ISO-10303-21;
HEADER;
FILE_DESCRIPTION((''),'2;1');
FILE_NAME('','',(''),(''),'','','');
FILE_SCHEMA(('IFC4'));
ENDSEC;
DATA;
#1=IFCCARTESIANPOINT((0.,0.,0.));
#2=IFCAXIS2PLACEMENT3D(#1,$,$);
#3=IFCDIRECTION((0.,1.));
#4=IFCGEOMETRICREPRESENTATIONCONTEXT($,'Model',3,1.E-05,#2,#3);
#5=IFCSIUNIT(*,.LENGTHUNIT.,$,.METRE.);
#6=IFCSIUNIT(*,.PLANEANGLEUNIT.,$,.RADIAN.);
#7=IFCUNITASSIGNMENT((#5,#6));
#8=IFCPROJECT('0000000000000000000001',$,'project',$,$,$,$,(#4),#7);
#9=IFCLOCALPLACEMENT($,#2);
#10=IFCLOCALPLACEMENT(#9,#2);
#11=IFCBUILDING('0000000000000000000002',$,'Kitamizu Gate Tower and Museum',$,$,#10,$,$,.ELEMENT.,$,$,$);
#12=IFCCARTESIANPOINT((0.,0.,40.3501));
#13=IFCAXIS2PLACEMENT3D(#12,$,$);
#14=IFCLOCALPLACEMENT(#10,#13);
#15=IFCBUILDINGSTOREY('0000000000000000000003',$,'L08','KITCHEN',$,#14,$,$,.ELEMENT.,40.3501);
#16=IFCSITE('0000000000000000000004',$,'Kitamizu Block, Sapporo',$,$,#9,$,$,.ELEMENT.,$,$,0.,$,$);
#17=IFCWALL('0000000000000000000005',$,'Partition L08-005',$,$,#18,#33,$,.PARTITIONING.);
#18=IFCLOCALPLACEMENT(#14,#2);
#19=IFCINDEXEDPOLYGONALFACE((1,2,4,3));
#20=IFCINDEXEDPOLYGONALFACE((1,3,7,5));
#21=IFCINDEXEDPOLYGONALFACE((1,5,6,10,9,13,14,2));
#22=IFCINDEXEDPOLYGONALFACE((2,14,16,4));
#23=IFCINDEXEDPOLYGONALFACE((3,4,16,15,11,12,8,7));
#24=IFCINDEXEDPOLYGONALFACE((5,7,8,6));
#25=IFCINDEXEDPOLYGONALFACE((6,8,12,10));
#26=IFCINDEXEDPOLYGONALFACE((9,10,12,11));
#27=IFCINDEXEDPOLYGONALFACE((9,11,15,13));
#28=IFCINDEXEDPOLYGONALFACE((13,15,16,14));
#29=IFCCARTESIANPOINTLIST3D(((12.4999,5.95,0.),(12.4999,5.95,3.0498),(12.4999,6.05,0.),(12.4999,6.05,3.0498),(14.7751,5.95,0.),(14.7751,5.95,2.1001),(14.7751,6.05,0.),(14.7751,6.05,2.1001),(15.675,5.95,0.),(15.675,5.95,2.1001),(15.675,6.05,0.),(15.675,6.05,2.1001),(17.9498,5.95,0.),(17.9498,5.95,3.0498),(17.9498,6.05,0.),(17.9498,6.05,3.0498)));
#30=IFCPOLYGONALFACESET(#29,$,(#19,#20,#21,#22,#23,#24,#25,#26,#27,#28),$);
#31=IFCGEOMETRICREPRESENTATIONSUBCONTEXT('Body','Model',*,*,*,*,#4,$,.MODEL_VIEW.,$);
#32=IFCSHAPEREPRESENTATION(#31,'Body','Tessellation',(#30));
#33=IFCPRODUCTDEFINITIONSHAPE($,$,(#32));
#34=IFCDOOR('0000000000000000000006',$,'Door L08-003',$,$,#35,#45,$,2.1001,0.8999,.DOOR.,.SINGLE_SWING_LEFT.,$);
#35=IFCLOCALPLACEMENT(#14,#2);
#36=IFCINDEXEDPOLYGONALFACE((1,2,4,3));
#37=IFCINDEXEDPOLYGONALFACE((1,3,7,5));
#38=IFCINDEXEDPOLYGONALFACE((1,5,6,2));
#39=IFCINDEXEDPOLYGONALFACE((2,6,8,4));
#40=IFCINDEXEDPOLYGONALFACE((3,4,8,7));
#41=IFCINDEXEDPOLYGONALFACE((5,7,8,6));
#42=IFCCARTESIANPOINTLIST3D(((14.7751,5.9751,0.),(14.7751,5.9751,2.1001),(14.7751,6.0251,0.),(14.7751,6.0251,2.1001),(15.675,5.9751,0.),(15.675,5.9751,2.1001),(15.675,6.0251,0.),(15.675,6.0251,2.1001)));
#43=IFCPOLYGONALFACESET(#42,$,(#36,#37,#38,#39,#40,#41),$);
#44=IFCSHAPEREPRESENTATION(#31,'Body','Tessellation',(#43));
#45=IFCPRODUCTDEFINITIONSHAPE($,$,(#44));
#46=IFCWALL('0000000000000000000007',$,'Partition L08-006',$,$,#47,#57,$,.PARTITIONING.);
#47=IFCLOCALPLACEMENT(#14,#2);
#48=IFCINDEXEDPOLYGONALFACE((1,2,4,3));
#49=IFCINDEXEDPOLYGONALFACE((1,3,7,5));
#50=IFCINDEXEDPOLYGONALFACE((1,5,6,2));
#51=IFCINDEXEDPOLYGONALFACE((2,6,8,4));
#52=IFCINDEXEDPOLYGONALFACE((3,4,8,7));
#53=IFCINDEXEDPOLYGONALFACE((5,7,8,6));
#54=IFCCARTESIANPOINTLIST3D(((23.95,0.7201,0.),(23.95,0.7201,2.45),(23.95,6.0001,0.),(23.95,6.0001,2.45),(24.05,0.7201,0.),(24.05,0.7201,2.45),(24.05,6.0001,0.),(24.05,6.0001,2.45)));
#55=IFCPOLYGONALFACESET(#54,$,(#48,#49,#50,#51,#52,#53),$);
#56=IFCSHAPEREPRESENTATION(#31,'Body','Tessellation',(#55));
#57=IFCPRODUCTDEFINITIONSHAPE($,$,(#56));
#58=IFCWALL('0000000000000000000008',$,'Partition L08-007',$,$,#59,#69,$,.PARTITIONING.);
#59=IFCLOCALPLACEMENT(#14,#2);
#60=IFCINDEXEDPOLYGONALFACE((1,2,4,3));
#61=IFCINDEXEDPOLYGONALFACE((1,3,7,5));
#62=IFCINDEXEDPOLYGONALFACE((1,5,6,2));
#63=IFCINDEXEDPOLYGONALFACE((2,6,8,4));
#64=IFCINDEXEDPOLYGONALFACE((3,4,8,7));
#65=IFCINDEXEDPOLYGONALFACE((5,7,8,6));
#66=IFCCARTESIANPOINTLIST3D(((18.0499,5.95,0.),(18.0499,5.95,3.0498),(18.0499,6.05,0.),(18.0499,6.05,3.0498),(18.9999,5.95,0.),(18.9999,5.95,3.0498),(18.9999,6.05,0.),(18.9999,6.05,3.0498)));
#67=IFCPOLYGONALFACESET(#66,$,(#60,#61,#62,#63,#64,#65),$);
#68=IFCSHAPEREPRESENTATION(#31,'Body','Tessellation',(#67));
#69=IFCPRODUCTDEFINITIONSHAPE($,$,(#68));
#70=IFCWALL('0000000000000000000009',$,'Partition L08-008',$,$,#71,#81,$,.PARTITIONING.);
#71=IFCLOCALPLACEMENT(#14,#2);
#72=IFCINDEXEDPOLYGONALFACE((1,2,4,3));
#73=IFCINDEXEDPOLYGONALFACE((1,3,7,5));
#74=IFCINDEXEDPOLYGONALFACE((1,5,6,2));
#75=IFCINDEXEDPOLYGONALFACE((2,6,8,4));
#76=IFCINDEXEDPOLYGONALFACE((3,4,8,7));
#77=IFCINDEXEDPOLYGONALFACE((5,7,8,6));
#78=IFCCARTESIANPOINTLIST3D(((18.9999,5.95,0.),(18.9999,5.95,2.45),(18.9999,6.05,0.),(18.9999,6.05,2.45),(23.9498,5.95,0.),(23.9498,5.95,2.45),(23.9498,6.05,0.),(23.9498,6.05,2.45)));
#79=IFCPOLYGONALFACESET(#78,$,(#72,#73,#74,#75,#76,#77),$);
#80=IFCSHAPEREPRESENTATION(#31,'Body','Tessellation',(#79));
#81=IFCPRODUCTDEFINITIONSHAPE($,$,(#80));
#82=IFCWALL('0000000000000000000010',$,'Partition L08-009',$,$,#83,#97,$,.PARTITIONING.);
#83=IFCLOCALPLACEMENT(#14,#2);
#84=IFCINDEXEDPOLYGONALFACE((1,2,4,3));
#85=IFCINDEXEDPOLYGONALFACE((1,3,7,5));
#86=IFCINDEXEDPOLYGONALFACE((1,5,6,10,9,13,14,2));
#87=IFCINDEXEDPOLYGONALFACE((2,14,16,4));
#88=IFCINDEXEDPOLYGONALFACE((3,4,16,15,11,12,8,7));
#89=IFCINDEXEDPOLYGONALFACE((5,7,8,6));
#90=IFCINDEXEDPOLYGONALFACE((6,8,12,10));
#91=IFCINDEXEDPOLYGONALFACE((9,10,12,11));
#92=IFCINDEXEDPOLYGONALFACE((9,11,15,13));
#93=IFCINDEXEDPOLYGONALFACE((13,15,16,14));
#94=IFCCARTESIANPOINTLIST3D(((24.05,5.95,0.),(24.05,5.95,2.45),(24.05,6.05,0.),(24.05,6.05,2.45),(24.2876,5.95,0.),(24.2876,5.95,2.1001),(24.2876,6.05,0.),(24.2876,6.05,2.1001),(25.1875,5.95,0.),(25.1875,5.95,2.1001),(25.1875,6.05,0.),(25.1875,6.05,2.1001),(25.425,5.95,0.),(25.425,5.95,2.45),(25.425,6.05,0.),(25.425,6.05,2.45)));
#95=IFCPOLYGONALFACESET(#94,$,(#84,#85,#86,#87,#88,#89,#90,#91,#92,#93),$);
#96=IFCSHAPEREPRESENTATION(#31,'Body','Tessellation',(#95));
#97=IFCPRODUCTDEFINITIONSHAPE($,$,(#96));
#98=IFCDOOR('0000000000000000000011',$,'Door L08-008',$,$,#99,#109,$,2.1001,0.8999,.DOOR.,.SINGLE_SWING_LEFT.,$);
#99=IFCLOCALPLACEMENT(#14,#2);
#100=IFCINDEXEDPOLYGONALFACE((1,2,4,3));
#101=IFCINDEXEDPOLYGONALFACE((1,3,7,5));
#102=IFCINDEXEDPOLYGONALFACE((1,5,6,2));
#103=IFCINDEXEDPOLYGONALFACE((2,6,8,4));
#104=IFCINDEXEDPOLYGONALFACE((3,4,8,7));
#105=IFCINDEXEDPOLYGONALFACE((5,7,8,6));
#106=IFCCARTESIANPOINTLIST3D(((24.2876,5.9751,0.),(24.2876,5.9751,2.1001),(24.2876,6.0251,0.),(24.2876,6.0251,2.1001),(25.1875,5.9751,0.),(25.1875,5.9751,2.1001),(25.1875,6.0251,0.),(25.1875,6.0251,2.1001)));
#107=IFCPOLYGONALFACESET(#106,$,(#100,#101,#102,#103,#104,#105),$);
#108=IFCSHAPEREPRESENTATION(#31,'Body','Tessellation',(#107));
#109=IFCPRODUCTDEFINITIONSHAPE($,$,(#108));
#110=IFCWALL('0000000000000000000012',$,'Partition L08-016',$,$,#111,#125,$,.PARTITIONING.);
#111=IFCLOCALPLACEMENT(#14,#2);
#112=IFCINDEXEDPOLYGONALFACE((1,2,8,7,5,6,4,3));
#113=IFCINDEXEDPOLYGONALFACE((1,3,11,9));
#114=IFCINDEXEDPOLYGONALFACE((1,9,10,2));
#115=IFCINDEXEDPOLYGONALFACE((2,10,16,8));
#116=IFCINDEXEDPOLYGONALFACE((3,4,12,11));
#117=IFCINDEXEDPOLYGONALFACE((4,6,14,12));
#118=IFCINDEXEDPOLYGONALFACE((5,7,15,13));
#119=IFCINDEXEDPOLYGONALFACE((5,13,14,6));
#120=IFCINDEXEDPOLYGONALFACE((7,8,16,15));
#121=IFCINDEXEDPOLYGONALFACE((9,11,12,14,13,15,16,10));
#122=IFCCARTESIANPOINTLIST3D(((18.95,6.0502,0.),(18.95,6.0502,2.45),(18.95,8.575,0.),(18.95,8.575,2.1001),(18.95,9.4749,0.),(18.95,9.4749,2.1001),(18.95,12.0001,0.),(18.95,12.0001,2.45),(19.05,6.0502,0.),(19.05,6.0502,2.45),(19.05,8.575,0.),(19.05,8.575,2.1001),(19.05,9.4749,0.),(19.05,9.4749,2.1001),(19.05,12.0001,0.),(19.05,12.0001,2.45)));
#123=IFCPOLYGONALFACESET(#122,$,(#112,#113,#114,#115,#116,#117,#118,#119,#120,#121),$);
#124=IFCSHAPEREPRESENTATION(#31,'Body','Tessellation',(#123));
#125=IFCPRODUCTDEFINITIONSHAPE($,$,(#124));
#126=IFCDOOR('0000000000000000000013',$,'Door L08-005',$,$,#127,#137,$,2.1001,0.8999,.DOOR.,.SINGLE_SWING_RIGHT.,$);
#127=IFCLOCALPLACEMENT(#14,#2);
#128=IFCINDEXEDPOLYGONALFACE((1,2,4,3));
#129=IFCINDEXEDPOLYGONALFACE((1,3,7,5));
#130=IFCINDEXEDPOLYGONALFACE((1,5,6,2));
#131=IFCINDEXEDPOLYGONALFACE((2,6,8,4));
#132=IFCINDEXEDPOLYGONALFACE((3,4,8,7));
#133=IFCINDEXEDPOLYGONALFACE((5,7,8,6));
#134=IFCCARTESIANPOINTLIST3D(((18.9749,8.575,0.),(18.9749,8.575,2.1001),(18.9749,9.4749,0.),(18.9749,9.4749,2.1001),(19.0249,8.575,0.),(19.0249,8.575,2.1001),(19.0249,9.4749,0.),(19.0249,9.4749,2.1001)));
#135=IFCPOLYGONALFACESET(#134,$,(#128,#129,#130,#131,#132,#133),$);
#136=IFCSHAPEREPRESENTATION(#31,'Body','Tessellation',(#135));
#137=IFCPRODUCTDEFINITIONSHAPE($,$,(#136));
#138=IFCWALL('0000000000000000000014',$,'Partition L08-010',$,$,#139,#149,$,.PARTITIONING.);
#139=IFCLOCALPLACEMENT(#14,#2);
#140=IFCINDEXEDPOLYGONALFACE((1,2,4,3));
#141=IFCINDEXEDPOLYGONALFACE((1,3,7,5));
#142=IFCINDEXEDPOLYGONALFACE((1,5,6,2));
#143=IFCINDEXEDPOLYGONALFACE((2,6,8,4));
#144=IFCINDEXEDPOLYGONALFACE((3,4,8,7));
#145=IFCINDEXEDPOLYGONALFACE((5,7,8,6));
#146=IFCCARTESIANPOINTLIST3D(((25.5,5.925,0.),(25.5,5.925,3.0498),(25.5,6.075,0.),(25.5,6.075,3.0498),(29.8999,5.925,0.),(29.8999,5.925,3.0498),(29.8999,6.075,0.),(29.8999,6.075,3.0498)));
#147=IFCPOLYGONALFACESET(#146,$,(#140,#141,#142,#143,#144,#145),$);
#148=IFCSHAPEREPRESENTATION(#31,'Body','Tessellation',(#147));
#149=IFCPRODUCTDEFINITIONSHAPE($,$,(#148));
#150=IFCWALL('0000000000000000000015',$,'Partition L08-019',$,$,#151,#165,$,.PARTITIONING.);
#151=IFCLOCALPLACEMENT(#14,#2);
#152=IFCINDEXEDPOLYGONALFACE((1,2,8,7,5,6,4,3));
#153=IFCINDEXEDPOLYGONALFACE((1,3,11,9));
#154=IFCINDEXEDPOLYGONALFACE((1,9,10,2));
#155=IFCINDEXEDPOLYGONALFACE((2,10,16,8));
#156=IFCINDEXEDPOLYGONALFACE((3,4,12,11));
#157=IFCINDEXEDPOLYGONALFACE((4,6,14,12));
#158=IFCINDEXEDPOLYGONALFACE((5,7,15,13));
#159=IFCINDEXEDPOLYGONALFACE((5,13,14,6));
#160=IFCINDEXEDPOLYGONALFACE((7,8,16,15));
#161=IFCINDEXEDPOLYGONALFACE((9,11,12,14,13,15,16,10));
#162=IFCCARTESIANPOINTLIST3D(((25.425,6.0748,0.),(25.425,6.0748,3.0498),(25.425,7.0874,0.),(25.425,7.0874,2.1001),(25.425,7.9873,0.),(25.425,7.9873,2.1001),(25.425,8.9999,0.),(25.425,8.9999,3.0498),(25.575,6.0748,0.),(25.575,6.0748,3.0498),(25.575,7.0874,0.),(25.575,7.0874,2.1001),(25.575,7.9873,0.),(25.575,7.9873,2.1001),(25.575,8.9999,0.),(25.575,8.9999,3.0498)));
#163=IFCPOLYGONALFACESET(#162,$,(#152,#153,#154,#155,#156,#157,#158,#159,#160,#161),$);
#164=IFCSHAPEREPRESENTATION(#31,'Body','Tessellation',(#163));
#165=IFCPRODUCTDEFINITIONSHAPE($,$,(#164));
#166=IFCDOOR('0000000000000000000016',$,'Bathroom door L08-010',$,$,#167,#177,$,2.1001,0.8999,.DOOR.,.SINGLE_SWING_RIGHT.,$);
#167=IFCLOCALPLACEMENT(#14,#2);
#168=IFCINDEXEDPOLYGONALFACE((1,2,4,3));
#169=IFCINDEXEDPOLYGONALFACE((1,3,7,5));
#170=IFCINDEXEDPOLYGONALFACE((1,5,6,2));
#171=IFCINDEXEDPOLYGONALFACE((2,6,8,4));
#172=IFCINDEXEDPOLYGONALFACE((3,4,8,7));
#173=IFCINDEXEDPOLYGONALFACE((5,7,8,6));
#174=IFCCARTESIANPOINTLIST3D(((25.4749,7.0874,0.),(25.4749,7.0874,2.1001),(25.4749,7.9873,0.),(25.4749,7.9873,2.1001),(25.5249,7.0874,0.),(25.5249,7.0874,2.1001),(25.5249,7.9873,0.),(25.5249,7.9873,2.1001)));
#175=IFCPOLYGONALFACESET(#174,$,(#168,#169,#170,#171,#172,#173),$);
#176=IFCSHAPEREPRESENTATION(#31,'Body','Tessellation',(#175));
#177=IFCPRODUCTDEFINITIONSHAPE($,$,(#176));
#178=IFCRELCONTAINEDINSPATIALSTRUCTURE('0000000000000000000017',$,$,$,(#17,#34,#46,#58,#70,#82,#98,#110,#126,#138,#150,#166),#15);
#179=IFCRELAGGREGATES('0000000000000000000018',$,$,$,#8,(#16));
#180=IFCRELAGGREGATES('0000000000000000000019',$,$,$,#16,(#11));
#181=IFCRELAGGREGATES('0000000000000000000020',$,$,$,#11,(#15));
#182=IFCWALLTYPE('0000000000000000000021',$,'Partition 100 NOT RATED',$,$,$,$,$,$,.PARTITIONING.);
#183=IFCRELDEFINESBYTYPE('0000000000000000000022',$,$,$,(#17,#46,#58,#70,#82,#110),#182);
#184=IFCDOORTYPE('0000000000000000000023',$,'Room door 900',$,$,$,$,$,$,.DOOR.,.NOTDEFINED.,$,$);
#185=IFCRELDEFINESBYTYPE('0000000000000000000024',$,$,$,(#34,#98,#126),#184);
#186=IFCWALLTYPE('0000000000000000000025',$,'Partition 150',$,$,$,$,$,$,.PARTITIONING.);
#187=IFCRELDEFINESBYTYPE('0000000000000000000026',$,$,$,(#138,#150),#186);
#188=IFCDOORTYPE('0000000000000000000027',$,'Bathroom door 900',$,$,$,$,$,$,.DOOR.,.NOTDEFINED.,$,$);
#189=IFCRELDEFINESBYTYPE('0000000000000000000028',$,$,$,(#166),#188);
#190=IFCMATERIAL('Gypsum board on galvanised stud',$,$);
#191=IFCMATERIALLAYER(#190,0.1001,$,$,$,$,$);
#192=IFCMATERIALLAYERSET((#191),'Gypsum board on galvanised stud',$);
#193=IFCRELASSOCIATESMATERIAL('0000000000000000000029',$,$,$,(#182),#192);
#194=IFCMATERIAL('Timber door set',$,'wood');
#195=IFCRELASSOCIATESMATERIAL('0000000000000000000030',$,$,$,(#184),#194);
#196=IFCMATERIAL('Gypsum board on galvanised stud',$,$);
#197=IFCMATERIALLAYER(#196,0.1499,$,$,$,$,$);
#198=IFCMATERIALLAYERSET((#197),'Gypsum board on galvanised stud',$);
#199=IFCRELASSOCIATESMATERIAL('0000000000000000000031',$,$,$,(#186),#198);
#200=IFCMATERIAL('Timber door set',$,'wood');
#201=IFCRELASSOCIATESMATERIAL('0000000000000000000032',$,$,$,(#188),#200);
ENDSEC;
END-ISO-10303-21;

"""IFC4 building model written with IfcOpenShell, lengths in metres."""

from ifc_helpers import new_model, si_unit, direction, frame, frame_2d, origin, place, context, subcontext, project, spatial, rectangle, extrude, material, layer, layer_set, type_object, element, fill, save


model = new_model("IFC4")

# Units and contexts
model_context = context("Model", 3, precision=1e-05, world=origin(), true_north=direction((0.0, 1.0)))
body_context = subcontext(model_context, "Body", "Model", "MODEL_VIEW")
ifc_project = project(units=[si_unit("LENGTHUNIT", "METRE"), si_unit("PLANEANGLEUNIT", "RADIAN")], contexts=[model_context])

# Site, building, storey
site_placement = place(None, origin())
site = spatial("IfcSite", under=ifc_project, at=site_placement, Name="Kitamizu Block, Sapporo", CompositionType="ELEMENT", RefElevation=0.0)
building_placement = place(site_placement, origin())
building = spatial("IfcBuilding", under=site, at=building_placement, Name="Kitamizu Gate Tower and Museum", CompositionType="ELEMENT")
storey_placement = place(building_placement, frame((0.0, 0.0, 40.3501)))
storey = spatial("IfcBuildingStorey", under=building, at=storey_placement, Name="L08", Description="KITCHEN", CompositionType="ELEMENT", Elevation=40.3501)

# Wall, opening, door
ifc_material_1 = material(Name="Gypsum board on galvanised stud")
ifc_layer_1 = layer(ifc_material_1, 0.1001)
ifc_layer_set_1 = layer_set([ifc_layer_1], Name="Gypsum board on galvanised stud")
wall_type_1 = type_object("IfcWallType", Name="Partition 100 NOT RATED", PredefinedType="PARTITIONING", material=ifc_layer_set_1)
ifc_material_2 = material(Name="Timber door set", Category="wood")
door_type_1 = type_object("IfcDoorType", Name="Room door 900", OperationType="NOTDEFINED", PredefinedType="DOOR", material=ifc_material_2)
wall_1_placement = place(storey_placement, frame((17.95, 6.0, 0.0), z_axis=(0.0, 0.0, 1.0), x_axis=(-1.0, 0.0, 0.0)))
wall_1 = element("IfcWall", 1, at=wall_1_placement, inside=storey, type_object=wall_type_1, Name="Partition L08-005", PredefinedType="PARTITIONING", context=body_context, shape_type="SweptSolid", body=[
    extrude(rectangle(XDim=5.45, YDim=0.1001, at=frame_2d((2.7251, 0.0))), origin(), (0.0, 0.0, 1.0), 3.0498),
])
opening_1_placement = place(wall_1_placement, frame((2.2749, 0.0, 0.0)))
opening_1 = element("IfcOpeningElement", 2, at=opening_1_placement, cuts=wall_1, PredefinedType="OPENING", context=body_context, shape_type="SweptSolid", body=[
    extrude(rectangle(XDim=0.8999, YDim=2.1001, at=frame_2d((0.45, 1.05))), frame((0.0, 0.0601, 0.0), z_axis=(0.0, -1.0, 0.0), x_axis=(1.0, 0.0, 0.0)), (0.0, 0.0, 1.0), 0.1201),
])
door_1_placement = place(opening_1_placement, origin())
door_1 = element("IfcDoor", 3, at=door_1_placement, inside=storey, type_object=door_type_1, Name="Door L08-003", OperationType="SINGLE_SWING_LEFT", OverallHeight=2.1001, OverallWidth=0.8999, PredefinedType="DOOR", context=body_context, shape_type="SweptSolid", body=[
    extrude(rectangle(XDim=0.8999, YDim=2.1001, at=frame_2d((0.45, 1.05))), frame((0.0, 0.0249, 0.0), z_axis=(0.0, -1.0, 0.0), x_axis=(1.0, 0.0, 0.0)), (0.0, 0.0, 1.0), 0.05),
])
fill(opening_1, door_1)

# Walls
wall_2_placement = place(storey_placement, frame((24.0, 0.72, 0.0), z_axis=(0.0, 0.0, 1.0), x_axis=(0.0, 1.0, 0.0)))
element("IfcWall", 4, at=wall_2_placement, inside=storey, type_object=wall_type_1, Name="Partition L08-006", PredefinedType="PARTITIONING", context=body_context, shape_type="SweptSolid", body=[
    extrude(rectangle(XDim=5.28, YDim=0.1001, at=frame_2d((2.6401, 0.0))), origin(), (0.0, 0.0, 1.0), 2.45),
])
wall_3_placement = place(storey_placement, frame((19.0, 6.0, 0.0), z_axis=(0.0, 0.0, 1.0), x_axis=(-1.0, 0.0, 0.0)))
element("IfcWall", 5, at=wall_3_placement, inside=storey, type_object=wall_type_1, Name="Partition L08-007", PredefinedType="PARTITIONING", context=body_context, shape_type="SweptSolid", body=[
    extrude(rectangle(XDim=0.95, YDim=0.1001, at=frame_2d((0.4751, 0.0))), origin(), (0.0, 0.0, 1.0), 3.0498),
])
wall_4_placement = place(storey_placement, frame((23.95, 6.0, 0.0), z_axis=(0.0, 0.0, 1.0), x_axis=(-1.0, 0.0, 0.0)))
element("IfcWall", 6, at=wall_4_placement, inside=storey, type_object=wall_type_1, Name="Partition L08-008", PredefinedType="PARTITIONING", context=body_context, shape_type="SweptSolid", body=[
    extrude(rectangle(XDim=4.95, YDim=0.1001, at=frame_2d((2.4751, 0.0))), origin(), (0.0, 0.0, 1.0), 2.45),
])

# Walls, openings, doors
wall_5_placement = place(storey_placement, frame((25.425, 6.0, 0.0), z_axis=(0.0, 0.0, 1.0), x_axis=(-1.0, 0.0, 0.0)))
wall_5 = element("IfcWall", 7, at=wall_5_placement, inside=storey, type_object=wall_type_1, Name="Partition L08-009", PredefinedType="PARTITIONING", context=body_context, shape_type="SweptSolid", body=[
    extrude(rectangle(XDim=1.375, YDim=0.1001, at=frame_2d((0.6875, 0.0))), origin(), (0.0, 0.0, 1.0), 2.45),
])
opening_2_placement = place(wall_5_placement, frame((0.2375, 0.0, 0.0)))
opening_2 = element("IfcOpeningElement", 8, at=opening_2_placement, cuts=wall_5, PredefinedType="OPENING", context=body_context, shape_type="SweptSolid", body=[
    extrude(rectangle(XDim=0.8999, YDim=2.1001, at=frame_2d((0.45, 1.05))), frame((0.0, 0.0601, 0.0), z_axis=(0.0, -1.0, 0.0), x_axis=(1.0, 0.0, 0.0)), (0.0, 0.0, 1.0), 0.1201),
])
door_2_placement = place(opening_2_placement, origin())
door_2 = element("IfcDoor", 9, at=door_2_placement, inside=storey, type_object=door_type_1, Name="Door L08-008", OperationType="SINGLE_SWING_LEFT", OverallHeight=2.1001, OverallWidth=0.8999, PredefinedType="DOOR", context=body_context, shape_type="SweptSolid", body=[
    extrude(rectangle(XDim=0.8999, YDim=2.1001, at=frame_2d((0.45, 1.05))), frame((0.0, 0.0249, 0.0), z_axis=(0.0, -1.0, 0.0), x_axis=(1.0, 0.0, 0.0)), (0.0, 0.0, 1.0), 0.05),
])
fill(opening_2, door_2)
wall_6_placement = place(storey_placement, frame((19.0, 6.05, 0.0), z_axis=(0.0, 0.0, 1.0), x_axis=(0.0, 1.0, 0.0)))
wall_6 = element("IfcWall", 10, at=wall_6_placement, inside=storey, type_object=wall_type_1, Name="Partition L08-016", PredefinedType="PARTITIONING", context=body_context, shape_type="SweptSolid", body=[
    extrude(rectangle(XDim=5.95, YDim=0.1001, at=frame_2d((2.9751, 0.0))), origin(), (0.0, 0.0, 1.0), 2.45),
])
opening_3_placement = place(wall_6_placement, frame((2.5249, 0.0, 0.0)))
opening_3 = element("IfcOpeningElement", 11, at=opening_3_placement, cuts=wall_6, PredefinedType="OPENING", context=body_context, shape_type="SweptSolid", body=[
    extrude(rectangle(XDim=0.8999, YDim=2.1001, at=frame_2d((0.45, 1.05))), frame((0.0, 0.0601, 0.0), z_axis=(0.0, -1.0, 0.0), x_axis=(1.0, 0.0, 0.0)), (0.0, 0.0, 1.0), 0.1201),
])
door_3_placement = place(opening_3_placement, frame((0.8999, 0.0, 0.0), x_axis=(-1.0, 0.0, 0.0)))
door_3 = element("IfcDoor", 12, at=door_3_placement, inside=storey, type_object=door_type_1, Name="Door L08-005", OperationType="SINGLE_SWING_RIGHT", OverallHeight=2.1001, OverallWidth=0.8999, PredefinedType="DOOR", context=body_context, shape_type="SweptSolid", body=[
    extrude(rectangle(XDim=0.8999, YDim=2.1001, at=frame_2d((0.45, 1.05))), frame((0.0, 0.0249, 0.0), z_axis=(0.0, -1.0, 0.0), x_axis=(1.0, 0.0, 0.0)), (0.0, 0.0, 1.0), 0.05),
])
fill(opening_3, door_3)

# Wall
ifc_material_3 = material(Name="Gypsum board on galvanised stud")
ifc_layer_2 = layer(ifc_material_3, 0.1499)
ifc_layer_set_2 = layer_set([ifc_layer_2], Name="Gypsum board on galvanised stud")
wall_type_2 = type_object("IfcWallType", Name="Partition 150", PredefinedType="PARTITIONING", material=ifc_layer_set_2)
wall_7_placement = place(storey_placement, frame((29.8999, 6.0, 0.0), z_axis=(0.0, 0.0, 1.0), x_axis=(-1.0, 0.0, 0.0)))
element("IfcWall", 13, at=wall_7_placement, inside=storey, type_object=wall_type_2, Name="Partition L08-010", PredefinedType="PARTITIONING", context=body_context, shape_type="SweptSolid", body=[
    extrude(rectangle(XDim=4.3999, YDim=0.1499, at=frame_2d((2.2, 0.0))), origin(), (0.0, 0.0, 1.0), 3.0498),
])

# Wall, opening, door
wall_8_placement = place(storey_placement, frame((25.5, 6.075, 0.0), z_axis=(0.0, 0.0, 1.0), x_axis=(0.0, 1.0, 0.0)))
wall_8 = element("IfcWall", 14, at=wall_8_placement, inside=storey, type_object=wall_type_2, Name="Partition L08-019", PredefinedType="PARTITIONING", context=body_context, shape_type="SweptSolid", body=[
    extrude(rectangle(XDim=2.925, YDim=0.1499, at=frame_2d((1.4624, 0.0))), origin(), (0.0, 0.0, 1.0), 3.0498),
])
opening_4_placement = place(wall_8_placement, frame((1.0125, 0.0, 0.0)))
opening_4 = element("IfcOpeningElement", 15, at=opening_4_placement, cuts=wall_8, PredefinedType="OPENING", context=body_context, shape_type="SweptSolid", body=[
    extrude(rectangle(XDim=0.8999, YDim=2.1001, at=frame_2d((0.45, 1.05))), frame((0.0, 0.085, 0.0), z_axis=(0.0, -1.0, 0.0), x_axis=(1.0, 0.0, 0.0)), (0.0, 0.0, 1.0), 0.1699),
])
ifc_material_4 = material(Name="Timber door set", Category="wood")
door_type_2 = type_object("IfcDoorType", Name="Bathroom door 900", OperationType="NOTDEFINED", PredefinedType="DOOR", material=ifc_material_4)
door_4_placement = place(opening_4_placement, frame((0.8999, 0.0, 0.0), x_axis=(-1.0, 0.0, 0.0)))
door_4 = element("IfcDoor", 16, at=door_4_placement, inside=storey, type_object=door_type_2, Name="Bathroom door L08-010", OperationType="SINGLE_SWING_RIGHT", OverallHeight=2.1001, OverallWidth=0.8999, PredefinedType="DOOR", context=body_context, shape_type="SweptSolid", body=[
    extrude(rectangle(XDim=0.8999, YDim=2.1001, at=frame_2d((0.45, 1.05))), frame((0.0, 0.0249, 0.0), z_axis=(0.0, -1.0, 0.0), x_axis=(1.0, 0.0, 0.0)), (0.0, 0.0, 1.0), 0.05),
])
fill(opening_4, door_4)

save(model, "model.ifc")
